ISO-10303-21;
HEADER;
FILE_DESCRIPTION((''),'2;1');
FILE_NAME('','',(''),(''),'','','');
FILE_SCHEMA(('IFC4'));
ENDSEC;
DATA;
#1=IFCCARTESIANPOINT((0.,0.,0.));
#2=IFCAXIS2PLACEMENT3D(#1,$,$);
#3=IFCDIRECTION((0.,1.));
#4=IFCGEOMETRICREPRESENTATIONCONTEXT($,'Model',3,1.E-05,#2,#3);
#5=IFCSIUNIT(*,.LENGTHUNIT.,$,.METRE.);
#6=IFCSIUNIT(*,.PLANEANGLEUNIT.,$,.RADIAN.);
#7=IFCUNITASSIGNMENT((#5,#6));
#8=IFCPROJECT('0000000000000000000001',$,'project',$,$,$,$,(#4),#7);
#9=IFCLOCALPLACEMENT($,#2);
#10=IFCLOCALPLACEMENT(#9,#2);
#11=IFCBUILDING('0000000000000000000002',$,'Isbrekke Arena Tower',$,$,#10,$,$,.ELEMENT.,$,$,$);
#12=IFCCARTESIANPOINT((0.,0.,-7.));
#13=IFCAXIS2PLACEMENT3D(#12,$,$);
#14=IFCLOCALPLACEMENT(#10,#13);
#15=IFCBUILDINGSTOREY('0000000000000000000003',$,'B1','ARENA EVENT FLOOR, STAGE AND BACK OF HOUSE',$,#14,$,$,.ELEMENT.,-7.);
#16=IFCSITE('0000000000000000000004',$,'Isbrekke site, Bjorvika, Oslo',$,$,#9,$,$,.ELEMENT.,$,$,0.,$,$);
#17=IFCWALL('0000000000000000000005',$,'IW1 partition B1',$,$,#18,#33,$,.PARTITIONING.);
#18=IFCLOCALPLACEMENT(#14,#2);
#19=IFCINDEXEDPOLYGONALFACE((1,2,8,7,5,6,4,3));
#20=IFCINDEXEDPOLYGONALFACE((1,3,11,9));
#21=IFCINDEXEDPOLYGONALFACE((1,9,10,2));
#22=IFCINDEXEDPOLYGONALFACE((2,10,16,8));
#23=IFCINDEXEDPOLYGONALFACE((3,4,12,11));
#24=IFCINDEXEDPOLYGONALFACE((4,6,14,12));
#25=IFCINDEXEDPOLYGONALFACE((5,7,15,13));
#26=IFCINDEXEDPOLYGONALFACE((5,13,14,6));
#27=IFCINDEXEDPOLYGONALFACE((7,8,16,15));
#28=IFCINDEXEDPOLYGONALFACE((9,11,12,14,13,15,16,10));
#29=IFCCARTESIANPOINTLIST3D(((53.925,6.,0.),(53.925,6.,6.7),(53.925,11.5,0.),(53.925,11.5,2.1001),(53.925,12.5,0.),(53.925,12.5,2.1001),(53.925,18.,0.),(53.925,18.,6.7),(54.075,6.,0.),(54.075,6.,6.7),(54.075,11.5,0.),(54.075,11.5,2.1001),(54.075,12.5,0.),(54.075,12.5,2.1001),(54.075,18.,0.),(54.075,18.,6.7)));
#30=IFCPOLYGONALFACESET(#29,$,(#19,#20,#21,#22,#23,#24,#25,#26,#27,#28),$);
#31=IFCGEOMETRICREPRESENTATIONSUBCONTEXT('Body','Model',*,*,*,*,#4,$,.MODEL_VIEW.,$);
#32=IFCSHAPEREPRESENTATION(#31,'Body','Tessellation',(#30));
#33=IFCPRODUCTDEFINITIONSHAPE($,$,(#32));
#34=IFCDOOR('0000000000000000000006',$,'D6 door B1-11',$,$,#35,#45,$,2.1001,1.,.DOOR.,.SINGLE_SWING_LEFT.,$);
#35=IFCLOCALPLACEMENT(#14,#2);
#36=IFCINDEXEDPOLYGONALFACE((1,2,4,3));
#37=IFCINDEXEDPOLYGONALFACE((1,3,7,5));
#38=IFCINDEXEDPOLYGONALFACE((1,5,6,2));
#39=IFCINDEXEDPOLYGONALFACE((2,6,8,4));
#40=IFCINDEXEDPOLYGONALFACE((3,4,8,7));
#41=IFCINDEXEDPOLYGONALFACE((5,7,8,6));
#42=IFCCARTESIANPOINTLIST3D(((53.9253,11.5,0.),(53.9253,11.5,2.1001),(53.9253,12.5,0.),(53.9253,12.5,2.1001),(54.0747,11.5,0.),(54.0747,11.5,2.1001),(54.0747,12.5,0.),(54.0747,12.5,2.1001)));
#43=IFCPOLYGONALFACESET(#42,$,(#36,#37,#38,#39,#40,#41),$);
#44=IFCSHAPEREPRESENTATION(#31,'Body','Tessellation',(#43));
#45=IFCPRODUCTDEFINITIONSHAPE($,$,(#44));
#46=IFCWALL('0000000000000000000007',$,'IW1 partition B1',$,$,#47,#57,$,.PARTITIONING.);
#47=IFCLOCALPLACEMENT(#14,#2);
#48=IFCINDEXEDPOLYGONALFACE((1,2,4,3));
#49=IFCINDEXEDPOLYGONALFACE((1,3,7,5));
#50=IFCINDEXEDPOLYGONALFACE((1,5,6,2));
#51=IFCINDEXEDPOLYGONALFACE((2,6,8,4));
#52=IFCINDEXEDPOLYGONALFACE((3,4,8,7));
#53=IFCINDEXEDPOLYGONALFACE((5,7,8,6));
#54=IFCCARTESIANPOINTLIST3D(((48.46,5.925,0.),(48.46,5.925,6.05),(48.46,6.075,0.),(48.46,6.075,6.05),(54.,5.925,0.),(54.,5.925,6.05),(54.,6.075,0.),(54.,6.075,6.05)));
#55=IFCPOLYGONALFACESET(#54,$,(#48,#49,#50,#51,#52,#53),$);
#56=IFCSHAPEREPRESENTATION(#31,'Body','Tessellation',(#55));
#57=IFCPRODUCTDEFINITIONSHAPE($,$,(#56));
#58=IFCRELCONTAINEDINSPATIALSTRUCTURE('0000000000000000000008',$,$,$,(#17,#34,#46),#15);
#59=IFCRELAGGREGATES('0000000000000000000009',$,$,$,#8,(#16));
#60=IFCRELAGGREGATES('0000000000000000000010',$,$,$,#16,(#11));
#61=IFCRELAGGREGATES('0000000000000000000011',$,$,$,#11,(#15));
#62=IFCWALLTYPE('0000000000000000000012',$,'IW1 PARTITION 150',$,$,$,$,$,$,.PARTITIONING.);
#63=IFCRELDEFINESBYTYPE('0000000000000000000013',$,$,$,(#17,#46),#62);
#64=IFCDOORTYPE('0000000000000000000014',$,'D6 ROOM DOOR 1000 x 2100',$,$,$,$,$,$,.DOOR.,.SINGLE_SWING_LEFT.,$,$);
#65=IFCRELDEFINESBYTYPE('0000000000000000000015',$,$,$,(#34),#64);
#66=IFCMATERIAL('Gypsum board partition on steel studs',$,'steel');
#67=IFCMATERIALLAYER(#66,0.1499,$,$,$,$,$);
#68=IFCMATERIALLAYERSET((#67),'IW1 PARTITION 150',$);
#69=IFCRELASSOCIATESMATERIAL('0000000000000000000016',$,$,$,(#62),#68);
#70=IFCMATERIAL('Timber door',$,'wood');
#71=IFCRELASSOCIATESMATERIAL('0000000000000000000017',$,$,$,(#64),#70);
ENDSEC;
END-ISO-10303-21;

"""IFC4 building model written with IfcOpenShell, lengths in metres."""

from ifc_helpers import new_model, si_unit, direction, frame, frame_2d, origin, place, context, subcontext, project, spatial, rectangle, extrude, material, layer, layer_set, type_object, element, fill, save


model = new_model("IFC4")

# Units and contexts
model_context = context("Model", 3, precision=1e-05, world=origin(), true_north=direction((0.0, 1.0)))
body_context = subcontext(model_context, "Body", "Model", "MODEL_VIEW")
ifc_project = project(units=[si_unit("LENGTHUNIT", "METRE"), si_unit("PLANEANGLEUNIT", "RADIAN")], contexts=[model_context])

# Site, building, storey
site_placement = place(None, origin())
site = spatial("IfcSite", under=ifc_project, at=site_placement, Name="Isbrekke site, Bjorvika, Oslo", CompositionType="ELEMENT", RefElevation=0.0)
building_placement = place(site_placement, origin())
building = spatial("IfcBuilding", under=site, at=building_placement, Name="Isbrekke Arena Tower", CompositionType="ELEMENT")
storey_placement = place(building_placement, frame((0.0, 0.0, -7.0)))
storey = spatial("IfcBuildingStorey", under=building, at=storey_placement, Name="B1", Description="ARENA EVENT FLOOR, STAGE AND BACK OF HOUSE", CompositionType="ELEMENT", Elevation=-7.0)

# Wall, opening, door
ifc_material_1 = material(Name="Gypsum board partition on steel studs", Category="steel")
ifc_layer = layer(ifc_material_1, 0.1499)
ifc_layer_set = layer_set([ifc_layer], Name="IW1 PARTITION 150")
wall_type = type_object("IfcWallType", Name="IW1 PARTITION 150", PredefinedType="PARTITIONING", material=ifc_layer_set)
wall_1_placement = place(storey_placement, frame((54.0, 6.0, 0.0), z_axis=(0.0, 0.0, 1.0), x_axis=(0.0, 1.0, 0.0)))
wall_1 = element("IfcWall", 1, at=wall_1_placement, inside=storey, type_object=wall_type, Name="IW1 partition B1", PredefinedType="PARTITIONING", context=body_context, shape_type="SweptSolid", body=[
    extrude(rectangle(XDim=12.0, YDim=0.1499, at=frame_2d((6.0, 0.0))), origin(), (0.0, 0.0, 1.0), 6.7),
])
opening_placement = place(wall_1_placement, frame((5.5, 0.0, 0.0)))
opening = element("IfcOpeningElement", 2, at=opening_placement, cuts=wall_1, PredefinedType="OPENING", context=body_context, shape_type="SweptSolid", body=[
    extrude(rectangle(XDim=1.0, YDim=2.1001, at=frame_2d((0.5, 1.05))), frame((0.0, 0.0898, 0.0), z_axis=(0.0, -1.0, 0.0), x_axis=(1.0, 0.0, 0.0)), (0.0, 0.0, 1.0), 0.1797),
])
ifc_material_2 = material(Name="Timber door", Category="wood")
door_type = type_object("IfcDoorType", Name="D6 ROOM DOOR 1000 x 2100", OperationType="SINGLE_SWING_LEFT", PredefinedType="DOOR", material=ifc_material_2)
door_placement = place(opening_placement, origin())
door = element("IfcDoor", 3, at=door_placement, inside=storey, type_object=door_type, Name="D6 door B1-11", OperationType="SINGLE_SWING_LEFT", OverallHeight=2.1001, OverallWidth=1.0, PredefinedType="DOOR", context=body_context, shape_type="SweptSolid", body=[
    extrude(rectangle(XDim=1.0, YDim=2.1001, at=frame_2d((0.5, 1.05))), frame((0.0, 0.0747, 0.0), z_axis=(0.0, -1.0, 0.0), x_axis=(1.0, 0.0, 0.0)), (0.0, 0.0, 1.0), 0.1494),
])
fill(opening, door)

# Wall
wall_2_placement = place(storey_placement, frame((48.46, 6.0, 0.0), z_axis=(0.0, 0.0, 1.0), x_axis=(1.0, 0.0, 0.0)))
element("IfcWall", 4, at=wall_2_placement, inside=storey, type_object=wall_type, Name="IW1 partition B1", PredefinedType="PARTITIONING", context=body_context, shape_type="SweptSolid", body=[
    extrude(rectangle(XDim=5.54, YDim=0.1499, at=frame_2d((2.77, 0.0))), origin(), (0.0, 0.0, 1.0), 6.05),
])

save(model, "model.ifc")
